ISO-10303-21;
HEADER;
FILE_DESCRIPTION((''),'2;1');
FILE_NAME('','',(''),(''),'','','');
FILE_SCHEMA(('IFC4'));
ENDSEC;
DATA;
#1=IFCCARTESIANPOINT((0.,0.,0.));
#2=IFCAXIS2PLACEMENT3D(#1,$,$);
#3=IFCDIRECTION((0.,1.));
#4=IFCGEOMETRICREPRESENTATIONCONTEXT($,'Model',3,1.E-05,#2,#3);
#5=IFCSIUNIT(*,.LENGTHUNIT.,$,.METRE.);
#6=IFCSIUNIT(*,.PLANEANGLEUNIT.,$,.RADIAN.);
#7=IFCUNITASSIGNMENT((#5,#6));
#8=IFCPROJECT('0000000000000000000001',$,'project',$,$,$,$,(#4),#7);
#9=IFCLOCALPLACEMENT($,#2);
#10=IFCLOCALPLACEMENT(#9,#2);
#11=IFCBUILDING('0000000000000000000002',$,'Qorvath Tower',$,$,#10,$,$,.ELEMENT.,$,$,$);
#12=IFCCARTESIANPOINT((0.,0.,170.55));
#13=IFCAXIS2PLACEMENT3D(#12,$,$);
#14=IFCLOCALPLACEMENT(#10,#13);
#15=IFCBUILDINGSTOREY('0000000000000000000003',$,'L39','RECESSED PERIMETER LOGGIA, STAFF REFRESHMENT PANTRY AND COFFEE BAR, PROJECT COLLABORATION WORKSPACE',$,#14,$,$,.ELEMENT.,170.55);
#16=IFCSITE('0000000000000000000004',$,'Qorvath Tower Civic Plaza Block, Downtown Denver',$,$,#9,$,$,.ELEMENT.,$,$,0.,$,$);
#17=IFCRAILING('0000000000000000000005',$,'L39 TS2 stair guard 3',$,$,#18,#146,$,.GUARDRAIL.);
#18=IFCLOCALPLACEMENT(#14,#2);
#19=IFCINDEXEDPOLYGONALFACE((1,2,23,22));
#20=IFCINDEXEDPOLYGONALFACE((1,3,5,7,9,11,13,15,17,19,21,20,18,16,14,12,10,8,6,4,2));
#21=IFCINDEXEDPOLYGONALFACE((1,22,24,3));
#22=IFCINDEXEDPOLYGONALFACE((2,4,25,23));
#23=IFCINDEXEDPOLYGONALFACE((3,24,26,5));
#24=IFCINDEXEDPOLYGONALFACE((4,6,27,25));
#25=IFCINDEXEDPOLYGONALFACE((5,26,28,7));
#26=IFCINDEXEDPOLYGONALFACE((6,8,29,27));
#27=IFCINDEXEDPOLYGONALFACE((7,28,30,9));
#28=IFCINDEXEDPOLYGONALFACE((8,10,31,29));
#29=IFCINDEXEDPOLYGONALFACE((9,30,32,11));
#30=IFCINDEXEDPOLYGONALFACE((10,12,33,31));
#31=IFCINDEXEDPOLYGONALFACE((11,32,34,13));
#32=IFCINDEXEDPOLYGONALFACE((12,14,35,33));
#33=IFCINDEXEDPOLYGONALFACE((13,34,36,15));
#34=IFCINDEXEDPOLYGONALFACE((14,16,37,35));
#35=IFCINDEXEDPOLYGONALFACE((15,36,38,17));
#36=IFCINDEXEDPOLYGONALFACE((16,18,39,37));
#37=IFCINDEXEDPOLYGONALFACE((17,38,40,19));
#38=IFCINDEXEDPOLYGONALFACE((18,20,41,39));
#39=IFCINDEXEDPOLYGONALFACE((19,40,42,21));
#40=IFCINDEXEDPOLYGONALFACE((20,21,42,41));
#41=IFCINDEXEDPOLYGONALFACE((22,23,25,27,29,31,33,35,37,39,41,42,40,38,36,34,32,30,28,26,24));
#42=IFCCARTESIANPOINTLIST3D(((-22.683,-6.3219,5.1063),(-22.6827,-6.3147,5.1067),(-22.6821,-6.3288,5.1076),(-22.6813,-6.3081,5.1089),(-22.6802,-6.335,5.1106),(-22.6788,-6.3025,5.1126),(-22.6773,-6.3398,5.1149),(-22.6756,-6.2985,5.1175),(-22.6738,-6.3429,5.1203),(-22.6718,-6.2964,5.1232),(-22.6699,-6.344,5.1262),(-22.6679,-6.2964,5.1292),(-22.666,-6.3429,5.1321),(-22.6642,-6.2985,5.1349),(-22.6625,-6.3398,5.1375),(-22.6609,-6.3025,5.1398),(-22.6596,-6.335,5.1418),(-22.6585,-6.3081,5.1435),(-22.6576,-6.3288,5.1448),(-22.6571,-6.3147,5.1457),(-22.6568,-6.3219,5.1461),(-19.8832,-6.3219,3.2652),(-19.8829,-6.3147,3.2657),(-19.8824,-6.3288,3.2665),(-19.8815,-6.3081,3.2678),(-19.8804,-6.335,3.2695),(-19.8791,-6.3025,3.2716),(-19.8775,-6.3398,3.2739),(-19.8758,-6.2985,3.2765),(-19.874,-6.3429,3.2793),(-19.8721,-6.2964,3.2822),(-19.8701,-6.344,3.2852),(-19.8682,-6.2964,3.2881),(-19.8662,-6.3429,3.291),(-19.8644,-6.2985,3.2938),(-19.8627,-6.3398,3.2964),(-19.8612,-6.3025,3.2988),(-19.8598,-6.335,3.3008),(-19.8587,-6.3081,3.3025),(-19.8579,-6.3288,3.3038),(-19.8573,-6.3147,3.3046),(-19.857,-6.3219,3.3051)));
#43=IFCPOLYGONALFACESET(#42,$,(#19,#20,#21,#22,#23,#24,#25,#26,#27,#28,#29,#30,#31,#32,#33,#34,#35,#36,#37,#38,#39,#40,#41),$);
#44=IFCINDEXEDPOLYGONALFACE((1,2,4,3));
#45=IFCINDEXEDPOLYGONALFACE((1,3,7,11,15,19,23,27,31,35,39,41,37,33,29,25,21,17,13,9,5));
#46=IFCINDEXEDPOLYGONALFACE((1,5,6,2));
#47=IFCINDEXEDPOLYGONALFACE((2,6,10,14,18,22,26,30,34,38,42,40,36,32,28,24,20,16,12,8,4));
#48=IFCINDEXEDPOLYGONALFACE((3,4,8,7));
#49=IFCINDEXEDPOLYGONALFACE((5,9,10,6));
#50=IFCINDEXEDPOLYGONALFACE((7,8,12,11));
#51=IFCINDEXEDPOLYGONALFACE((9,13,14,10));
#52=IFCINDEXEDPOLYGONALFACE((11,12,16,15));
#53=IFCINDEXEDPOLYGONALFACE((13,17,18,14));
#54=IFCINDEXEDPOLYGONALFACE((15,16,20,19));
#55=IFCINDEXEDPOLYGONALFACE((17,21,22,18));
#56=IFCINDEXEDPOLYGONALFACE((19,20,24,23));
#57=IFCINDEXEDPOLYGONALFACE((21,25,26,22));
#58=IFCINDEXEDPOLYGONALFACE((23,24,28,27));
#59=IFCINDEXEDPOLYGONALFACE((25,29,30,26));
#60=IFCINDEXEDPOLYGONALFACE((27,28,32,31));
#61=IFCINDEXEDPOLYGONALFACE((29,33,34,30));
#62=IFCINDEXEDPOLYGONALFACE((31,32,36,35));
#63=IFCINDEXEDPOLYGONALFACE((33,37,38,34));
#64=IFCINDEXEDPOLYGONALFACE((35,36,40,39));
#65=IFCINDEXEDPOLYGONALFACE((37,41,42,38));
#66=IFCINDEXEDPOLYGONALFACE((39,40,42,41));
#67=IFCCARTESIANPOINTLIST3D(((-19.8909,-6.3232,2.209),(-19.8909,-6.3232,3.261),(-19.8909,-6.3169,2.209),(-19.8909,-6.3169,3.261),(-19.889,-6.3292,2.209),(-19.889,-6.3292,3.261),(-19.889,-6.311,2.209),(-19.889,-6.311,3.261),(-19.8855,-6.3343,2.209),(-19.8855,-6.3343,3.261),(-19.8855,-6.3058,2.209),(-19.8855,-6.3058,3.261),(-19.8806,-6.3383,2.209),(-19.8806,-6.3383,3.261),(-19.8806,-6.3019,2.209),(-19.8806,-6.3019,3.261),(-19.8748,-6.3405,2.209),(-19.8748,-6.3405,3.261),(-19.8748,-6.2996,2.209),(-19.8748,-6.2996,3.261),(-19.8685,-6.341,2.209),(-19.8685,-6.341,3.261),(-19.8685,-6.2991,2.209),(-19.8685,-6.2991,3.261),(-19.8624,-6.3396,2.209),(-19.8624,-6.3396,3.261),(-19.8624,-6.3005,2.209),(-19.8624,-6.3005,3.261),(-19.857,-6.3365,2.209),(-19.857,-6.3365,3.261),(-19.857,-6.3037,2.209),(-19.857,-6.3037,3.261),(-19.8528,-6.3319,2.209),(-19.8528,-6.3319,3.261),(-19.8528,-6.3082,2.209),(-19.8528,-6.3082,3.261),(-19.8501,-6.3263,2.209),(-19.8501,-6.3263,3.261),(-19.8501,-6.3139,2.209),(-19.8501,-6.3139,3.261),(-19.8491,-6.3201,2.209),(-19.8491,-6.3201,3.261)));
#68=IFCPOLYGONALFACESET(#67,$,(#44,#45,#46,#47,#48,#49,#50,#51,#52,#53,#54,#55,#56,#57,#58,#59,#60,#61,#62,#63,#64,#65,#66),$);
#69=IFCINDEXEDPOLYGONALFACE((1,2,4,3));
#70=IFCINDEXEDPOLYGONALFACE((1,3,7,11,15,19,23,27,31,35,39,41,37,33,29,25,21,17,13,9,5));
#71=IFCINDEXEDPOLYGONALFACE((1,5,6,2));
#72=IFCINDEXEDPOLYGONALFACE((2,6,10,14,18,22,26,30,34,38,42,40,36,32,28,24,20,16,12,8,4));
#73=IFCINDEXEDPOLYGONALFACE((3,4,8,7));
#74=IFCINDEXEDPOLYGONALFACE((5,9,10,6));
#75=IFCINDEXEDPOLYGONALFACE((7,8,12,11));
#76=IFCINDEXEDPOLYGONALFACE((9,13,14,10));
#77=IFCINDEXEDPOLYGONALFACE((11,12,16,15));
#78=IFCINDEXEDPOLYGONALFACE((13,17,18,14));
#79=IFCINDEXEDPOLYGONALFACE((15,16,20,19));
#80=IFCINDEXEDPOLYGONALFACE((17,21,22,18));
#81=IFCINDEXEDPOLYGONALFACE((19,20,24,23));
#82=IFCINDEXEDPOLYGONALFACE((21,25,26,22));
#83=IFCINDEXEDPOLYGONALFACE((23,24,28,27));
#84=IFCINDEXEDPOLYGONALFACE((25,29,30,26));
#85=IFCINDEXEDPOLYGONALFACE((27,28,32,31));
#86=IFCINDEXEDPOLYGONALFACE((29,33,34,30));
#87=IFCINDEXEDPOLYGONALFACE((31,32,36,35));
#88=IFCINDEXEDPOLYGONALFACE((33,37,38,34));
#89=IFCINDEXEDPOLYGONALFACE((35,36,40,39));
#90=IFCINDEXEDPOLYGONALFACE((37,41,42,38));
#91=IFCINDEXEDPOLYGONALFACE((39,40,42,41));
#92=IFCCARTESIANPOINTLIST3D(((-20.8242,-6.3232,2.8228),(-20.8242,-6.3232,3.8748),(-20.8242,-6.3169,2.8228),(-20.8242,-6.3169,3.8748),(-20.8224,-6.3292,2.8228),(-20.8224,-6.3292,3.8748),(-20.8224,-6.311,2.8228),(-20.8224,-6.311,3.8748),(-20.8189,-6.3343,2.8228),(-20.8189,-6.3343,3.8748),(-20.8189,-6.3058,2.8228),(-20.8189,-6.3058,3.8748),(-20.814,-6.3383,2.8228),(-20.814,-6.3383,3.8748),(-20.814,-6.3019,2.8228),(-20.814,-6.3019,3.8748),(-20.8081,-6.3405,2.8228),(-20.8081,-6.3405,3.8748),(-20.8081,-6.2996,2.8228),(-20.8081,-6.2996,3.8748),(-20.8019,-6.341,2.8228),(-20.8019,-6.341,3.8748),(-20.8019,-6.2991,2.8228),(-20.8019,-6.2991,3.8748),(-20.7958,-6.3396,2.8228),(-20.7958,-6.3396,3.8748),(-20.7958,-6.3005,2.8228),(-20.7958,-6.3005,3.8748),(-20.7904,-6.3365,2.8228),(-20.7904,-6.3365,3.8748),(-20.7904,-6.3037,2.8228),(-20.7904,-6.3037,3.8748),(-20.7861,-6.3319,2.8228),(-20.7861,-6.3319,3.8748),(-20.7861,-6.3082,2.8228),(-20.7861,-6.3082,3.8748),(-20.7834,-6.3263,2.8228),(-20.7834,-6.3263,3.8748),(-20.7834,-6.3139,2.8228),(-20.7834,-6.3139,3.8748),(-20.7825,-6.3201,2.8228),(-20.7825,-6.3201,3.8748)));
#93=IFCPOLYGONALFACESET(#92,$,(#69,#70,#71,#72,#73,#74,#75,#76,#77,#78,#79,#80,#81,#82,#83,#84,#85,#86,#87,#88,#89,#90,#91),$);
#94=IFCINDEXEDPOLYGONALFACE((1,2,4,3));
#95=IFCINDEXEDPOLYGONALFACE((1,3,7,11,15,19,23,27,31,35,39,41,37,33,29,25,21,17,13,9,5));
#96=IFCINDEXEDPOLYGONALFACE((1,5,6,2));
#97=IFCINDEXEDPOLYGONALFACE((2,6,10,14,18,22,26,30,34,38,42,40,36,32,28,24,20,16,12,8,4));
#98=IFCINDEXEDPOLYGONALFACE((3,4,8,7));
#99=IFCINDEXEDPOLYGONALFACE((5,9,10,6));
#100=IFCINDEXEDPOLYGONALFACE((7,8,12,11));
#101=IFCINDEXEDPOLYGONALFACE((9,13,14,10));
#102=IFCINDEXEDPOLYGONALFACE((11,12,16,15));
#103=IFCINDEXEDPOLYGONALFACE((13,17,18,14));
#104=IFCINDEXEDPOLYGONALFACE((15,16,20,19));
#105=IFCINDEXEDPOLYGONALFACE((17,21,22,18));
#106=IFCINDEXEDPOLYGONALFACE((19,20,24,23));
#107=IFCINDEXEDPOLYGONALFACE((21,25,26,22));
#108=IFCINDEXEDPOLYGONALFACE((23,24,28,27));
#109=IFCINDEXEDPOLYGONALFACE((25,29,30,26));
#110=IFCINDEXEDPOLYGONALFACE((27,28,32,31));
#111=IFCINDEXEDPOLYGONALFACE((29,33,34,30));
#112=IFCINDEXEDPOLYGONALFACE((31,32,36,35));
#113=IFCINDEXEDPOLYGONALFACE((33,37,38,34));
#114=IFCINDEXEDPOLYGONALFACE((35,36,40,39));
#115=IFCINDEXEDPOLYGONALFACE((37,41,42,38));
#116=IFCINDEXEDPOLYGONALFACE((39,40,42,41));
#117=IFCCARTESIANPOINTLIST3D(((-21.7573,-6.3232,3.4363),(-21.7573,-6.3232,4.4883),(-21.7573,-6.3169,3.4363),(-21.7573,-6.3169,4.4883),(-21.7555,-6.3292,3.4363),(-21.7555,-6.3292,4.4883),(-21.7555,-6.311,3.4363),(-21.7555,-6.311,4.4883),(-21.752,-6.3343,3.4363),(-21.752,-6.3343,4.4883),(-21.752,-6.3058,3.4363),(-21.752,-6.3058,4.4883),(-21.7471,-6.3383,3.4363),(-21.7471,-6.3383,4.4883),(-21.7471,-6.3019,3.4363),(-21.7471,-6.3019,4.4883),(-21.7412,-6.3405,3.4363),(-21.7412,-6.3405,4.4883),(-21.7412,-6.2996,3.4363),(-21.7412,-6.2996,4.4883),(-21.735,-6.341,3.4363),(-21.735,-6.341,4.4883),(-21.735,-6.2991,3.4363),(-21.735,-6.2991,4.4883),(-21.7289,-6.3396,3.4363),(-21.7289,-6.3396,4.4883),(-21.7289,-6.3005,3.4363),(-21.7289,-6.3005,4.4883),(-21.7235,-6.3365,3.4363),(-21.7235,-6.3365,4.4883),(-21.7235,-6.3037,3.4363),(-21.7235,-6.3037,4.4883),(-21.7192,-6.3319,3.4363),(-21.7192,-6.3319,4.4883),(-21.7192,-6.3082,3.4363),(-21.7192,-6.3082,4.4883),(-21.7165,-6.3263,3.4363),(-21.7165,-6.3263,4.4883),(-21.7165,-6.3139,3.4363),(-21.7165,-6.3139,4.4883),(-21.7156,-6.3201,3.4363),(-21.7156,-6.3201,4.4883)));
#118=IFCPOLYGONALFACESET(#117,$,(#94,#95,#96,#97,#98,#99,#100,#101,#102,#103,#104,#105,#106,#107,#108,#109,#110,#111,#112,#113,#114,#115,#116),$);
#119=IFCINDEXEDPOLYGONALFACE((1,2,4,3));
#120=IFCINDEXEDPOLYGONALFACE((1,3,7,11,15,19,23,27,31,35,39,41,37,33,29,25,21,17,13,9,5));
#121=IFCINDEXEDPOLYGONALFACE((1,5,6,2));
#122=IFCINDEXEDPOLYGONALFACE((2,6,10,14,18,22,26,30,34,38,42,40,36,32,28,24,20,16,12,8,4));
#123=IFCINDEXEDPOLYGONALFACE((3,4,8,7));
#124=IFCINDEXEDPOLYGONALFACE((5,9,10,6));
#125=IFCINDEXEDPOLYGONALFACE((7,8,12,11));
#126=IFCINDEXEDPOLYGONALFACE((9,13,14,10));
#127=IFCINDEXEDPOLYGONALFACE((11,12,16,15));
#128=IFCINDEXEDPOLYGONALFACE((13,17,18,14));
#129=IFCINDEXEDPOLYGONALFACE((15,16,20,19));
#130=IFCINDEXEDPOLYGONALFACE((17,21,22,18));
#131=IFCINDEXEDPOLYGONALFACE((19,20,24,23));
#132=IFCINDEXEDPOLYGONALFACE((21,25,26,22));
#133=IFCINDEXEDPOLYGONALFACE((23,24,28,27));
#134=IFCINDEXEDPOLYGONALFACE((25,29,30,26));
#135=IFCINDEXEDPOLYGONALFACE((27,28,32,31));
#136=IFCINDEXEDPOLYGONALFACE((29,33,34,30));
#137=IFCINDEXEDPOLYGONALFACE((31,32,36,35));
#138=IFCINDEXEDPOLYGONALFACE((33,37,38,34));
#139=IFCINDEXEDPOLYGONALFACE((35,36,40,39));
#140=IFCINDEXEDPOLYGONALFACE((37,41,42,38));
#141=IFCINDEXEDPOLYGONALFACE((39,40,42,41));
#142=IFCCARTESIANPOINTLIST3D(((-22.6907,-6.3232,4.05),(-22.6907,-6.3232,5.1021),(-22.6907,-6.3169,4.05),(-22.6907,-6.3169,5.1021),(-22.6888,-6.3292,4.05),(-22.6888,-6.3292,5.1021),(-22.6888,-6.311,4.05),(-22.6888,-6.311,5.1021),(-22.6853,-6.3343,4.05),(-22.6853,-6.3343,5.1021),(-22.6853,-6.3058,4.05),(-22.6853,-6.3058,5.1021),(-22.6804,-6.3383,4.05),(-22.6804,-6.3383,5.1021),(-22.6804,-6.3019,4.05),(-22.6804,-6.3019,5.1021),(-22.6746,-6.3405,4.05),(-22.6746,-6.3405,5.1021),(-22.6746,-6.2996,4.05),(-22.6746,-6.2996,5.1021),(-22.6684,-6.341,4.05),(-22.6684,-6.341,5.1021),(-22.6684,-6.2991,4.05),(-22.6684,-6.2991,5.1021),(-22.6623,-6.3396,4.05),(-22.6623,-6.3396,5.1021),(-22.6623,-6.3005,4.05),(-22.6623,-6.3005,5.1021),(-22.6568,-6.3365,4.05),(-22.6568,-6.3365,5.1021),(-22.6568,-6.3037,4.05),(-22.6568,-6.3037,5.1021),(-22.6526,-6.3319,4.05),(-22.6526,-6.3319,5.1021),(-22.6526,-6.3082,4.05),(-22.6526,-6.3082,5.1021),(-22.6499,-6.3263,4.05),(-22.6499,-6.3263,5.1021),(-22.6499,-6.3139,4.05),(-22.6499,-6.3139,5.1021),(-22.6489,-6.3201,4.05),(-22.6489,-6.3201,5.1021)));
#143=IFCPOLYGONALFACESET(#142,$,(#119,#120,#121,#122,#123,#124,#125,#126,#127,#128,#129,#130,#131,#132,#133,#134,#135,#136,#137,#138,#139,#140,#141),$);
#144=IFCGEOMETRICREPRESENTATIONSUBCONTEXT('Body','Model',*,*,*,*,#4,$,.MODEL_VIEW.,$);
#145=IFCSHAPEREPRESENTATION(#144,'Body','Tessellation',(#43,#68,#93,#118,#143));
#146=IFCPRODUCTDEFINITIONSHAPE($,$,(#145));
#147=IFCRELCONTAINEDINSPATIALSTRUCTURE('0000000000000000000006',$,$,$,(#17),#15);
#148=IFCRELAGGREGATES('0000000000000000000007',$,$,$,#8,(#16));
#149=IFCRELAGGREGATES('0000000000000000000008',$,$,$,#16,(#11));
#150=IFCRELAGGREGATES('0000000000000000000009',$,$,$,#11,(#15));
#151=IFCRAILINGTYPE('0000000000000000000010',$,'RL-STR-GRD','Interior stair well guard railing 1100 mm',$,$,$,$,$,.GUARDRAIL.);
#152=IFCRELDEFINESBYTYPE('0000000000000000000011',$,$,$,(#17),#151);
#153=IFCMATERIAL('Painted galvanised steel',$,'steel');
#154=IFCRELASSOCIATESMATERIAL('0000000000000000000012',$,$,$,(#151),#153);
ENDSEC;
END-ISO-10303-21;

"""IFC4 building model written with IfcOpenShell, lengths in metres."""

from ifc_helpers import new_model, si_unit, direction, frame, origin, origin_2d, place, context, subcontext, project, spatial, circle, extrude, material, type_object, element, save


model = new_model("IFC4")

# Units and contexts
model_context = context("Model", 3, precision=1e-05, world=origin(), true_north=direction((0.0, 1.0)))
body_context = subcontext(model_context, "Body", "Model", "MODEL_VIEW")
ifc_project = project(units=[si_unit("LENGTHUNIT", "METRE"), si_unit("PLANEANGLEUNIT", "RADIAN")], contexts=[model_context])

# Site, building, storey
site_placement = place(None, origin())
site = spatial("IfcSite", under=ifc_project, at=site_placement, Name="Qorvath Tower Civic Plaza Block, Downtown Denver", CompositionType="ELEMENT", RefElevation=0.0)
building_placement = place(site_placement, origin())
building = spatial("IfcBuilding", under=site, at=building_placement, Name="Qorvath Tower", CompositionType="ELEMENT")
storey_placement = place(building_placement, frame((0.0, 0.0, 170.55)))
storey = spatial("IfcBuildingStorey", under=building, at=storey_placement, Name="L39", Description="RECESSED PERIMETER LOGGIA, STAFF REFRESHMENT PANTRY AND COFFEE BAR, PROJECT COLLABORATION WORKSPACE", CompositionType="ELEMENT", Elevation=170.55)

# Railing
ifc_material_1 = material(Name="Painted galvanised steel", Category="steel")
railing_type_1 = type_object("IfcRailingType", Name="RL-STR-GRD", Description="Interior stair well guard railing 1100 mm", PredefinedType="GUARDRAIL", material=ifc_material_1)
railing_1_placement = place(storey_placement, frame((-19.8701, -6.3201, 2.209)))
element("IfcRailing", 1, at=railing_1_placement, inside=storey, type_object=railing_type_1, Name="L39 TS2 stair guard 3", PredefinedType="GUARDRAIL", context=body_context, shape_type="SweptSolid", body=[
    extrude(circle(Radius=0.0239, at=origin_2d()), frame((0.0, 0.0, 1.0762), z_axis=(-0.835542, 0.0, 0.549426), x_axis=(0.0, -1.0, 0.0)), (0.0, 0.0, 1.0), 3.3508),
    extrude(circle(Radius=0.021, at=origin_2d()), origin(), (0.0, 0.0, 1.0), 1.052),
    extrude(circle(Radius=0.021, at=origin_2d()), frame((-0.9333, 0.0, 0.6138)), (0.0, 0.0, 1.0), 1.052),
    extrude(circle(Radius=0.021, at=origin_2d()), frame((-1.8665, 0.0, 1.2273)), (0.0, 0.0, 1.0), 1.052),
    extrude(circle(Radius=0.021, at=origin_2d()), frame((-2.7998, 0.0, 1.8411)), (0.0, 0.0, 1.0), 1.052),
])

save(model, "model.ifc")
